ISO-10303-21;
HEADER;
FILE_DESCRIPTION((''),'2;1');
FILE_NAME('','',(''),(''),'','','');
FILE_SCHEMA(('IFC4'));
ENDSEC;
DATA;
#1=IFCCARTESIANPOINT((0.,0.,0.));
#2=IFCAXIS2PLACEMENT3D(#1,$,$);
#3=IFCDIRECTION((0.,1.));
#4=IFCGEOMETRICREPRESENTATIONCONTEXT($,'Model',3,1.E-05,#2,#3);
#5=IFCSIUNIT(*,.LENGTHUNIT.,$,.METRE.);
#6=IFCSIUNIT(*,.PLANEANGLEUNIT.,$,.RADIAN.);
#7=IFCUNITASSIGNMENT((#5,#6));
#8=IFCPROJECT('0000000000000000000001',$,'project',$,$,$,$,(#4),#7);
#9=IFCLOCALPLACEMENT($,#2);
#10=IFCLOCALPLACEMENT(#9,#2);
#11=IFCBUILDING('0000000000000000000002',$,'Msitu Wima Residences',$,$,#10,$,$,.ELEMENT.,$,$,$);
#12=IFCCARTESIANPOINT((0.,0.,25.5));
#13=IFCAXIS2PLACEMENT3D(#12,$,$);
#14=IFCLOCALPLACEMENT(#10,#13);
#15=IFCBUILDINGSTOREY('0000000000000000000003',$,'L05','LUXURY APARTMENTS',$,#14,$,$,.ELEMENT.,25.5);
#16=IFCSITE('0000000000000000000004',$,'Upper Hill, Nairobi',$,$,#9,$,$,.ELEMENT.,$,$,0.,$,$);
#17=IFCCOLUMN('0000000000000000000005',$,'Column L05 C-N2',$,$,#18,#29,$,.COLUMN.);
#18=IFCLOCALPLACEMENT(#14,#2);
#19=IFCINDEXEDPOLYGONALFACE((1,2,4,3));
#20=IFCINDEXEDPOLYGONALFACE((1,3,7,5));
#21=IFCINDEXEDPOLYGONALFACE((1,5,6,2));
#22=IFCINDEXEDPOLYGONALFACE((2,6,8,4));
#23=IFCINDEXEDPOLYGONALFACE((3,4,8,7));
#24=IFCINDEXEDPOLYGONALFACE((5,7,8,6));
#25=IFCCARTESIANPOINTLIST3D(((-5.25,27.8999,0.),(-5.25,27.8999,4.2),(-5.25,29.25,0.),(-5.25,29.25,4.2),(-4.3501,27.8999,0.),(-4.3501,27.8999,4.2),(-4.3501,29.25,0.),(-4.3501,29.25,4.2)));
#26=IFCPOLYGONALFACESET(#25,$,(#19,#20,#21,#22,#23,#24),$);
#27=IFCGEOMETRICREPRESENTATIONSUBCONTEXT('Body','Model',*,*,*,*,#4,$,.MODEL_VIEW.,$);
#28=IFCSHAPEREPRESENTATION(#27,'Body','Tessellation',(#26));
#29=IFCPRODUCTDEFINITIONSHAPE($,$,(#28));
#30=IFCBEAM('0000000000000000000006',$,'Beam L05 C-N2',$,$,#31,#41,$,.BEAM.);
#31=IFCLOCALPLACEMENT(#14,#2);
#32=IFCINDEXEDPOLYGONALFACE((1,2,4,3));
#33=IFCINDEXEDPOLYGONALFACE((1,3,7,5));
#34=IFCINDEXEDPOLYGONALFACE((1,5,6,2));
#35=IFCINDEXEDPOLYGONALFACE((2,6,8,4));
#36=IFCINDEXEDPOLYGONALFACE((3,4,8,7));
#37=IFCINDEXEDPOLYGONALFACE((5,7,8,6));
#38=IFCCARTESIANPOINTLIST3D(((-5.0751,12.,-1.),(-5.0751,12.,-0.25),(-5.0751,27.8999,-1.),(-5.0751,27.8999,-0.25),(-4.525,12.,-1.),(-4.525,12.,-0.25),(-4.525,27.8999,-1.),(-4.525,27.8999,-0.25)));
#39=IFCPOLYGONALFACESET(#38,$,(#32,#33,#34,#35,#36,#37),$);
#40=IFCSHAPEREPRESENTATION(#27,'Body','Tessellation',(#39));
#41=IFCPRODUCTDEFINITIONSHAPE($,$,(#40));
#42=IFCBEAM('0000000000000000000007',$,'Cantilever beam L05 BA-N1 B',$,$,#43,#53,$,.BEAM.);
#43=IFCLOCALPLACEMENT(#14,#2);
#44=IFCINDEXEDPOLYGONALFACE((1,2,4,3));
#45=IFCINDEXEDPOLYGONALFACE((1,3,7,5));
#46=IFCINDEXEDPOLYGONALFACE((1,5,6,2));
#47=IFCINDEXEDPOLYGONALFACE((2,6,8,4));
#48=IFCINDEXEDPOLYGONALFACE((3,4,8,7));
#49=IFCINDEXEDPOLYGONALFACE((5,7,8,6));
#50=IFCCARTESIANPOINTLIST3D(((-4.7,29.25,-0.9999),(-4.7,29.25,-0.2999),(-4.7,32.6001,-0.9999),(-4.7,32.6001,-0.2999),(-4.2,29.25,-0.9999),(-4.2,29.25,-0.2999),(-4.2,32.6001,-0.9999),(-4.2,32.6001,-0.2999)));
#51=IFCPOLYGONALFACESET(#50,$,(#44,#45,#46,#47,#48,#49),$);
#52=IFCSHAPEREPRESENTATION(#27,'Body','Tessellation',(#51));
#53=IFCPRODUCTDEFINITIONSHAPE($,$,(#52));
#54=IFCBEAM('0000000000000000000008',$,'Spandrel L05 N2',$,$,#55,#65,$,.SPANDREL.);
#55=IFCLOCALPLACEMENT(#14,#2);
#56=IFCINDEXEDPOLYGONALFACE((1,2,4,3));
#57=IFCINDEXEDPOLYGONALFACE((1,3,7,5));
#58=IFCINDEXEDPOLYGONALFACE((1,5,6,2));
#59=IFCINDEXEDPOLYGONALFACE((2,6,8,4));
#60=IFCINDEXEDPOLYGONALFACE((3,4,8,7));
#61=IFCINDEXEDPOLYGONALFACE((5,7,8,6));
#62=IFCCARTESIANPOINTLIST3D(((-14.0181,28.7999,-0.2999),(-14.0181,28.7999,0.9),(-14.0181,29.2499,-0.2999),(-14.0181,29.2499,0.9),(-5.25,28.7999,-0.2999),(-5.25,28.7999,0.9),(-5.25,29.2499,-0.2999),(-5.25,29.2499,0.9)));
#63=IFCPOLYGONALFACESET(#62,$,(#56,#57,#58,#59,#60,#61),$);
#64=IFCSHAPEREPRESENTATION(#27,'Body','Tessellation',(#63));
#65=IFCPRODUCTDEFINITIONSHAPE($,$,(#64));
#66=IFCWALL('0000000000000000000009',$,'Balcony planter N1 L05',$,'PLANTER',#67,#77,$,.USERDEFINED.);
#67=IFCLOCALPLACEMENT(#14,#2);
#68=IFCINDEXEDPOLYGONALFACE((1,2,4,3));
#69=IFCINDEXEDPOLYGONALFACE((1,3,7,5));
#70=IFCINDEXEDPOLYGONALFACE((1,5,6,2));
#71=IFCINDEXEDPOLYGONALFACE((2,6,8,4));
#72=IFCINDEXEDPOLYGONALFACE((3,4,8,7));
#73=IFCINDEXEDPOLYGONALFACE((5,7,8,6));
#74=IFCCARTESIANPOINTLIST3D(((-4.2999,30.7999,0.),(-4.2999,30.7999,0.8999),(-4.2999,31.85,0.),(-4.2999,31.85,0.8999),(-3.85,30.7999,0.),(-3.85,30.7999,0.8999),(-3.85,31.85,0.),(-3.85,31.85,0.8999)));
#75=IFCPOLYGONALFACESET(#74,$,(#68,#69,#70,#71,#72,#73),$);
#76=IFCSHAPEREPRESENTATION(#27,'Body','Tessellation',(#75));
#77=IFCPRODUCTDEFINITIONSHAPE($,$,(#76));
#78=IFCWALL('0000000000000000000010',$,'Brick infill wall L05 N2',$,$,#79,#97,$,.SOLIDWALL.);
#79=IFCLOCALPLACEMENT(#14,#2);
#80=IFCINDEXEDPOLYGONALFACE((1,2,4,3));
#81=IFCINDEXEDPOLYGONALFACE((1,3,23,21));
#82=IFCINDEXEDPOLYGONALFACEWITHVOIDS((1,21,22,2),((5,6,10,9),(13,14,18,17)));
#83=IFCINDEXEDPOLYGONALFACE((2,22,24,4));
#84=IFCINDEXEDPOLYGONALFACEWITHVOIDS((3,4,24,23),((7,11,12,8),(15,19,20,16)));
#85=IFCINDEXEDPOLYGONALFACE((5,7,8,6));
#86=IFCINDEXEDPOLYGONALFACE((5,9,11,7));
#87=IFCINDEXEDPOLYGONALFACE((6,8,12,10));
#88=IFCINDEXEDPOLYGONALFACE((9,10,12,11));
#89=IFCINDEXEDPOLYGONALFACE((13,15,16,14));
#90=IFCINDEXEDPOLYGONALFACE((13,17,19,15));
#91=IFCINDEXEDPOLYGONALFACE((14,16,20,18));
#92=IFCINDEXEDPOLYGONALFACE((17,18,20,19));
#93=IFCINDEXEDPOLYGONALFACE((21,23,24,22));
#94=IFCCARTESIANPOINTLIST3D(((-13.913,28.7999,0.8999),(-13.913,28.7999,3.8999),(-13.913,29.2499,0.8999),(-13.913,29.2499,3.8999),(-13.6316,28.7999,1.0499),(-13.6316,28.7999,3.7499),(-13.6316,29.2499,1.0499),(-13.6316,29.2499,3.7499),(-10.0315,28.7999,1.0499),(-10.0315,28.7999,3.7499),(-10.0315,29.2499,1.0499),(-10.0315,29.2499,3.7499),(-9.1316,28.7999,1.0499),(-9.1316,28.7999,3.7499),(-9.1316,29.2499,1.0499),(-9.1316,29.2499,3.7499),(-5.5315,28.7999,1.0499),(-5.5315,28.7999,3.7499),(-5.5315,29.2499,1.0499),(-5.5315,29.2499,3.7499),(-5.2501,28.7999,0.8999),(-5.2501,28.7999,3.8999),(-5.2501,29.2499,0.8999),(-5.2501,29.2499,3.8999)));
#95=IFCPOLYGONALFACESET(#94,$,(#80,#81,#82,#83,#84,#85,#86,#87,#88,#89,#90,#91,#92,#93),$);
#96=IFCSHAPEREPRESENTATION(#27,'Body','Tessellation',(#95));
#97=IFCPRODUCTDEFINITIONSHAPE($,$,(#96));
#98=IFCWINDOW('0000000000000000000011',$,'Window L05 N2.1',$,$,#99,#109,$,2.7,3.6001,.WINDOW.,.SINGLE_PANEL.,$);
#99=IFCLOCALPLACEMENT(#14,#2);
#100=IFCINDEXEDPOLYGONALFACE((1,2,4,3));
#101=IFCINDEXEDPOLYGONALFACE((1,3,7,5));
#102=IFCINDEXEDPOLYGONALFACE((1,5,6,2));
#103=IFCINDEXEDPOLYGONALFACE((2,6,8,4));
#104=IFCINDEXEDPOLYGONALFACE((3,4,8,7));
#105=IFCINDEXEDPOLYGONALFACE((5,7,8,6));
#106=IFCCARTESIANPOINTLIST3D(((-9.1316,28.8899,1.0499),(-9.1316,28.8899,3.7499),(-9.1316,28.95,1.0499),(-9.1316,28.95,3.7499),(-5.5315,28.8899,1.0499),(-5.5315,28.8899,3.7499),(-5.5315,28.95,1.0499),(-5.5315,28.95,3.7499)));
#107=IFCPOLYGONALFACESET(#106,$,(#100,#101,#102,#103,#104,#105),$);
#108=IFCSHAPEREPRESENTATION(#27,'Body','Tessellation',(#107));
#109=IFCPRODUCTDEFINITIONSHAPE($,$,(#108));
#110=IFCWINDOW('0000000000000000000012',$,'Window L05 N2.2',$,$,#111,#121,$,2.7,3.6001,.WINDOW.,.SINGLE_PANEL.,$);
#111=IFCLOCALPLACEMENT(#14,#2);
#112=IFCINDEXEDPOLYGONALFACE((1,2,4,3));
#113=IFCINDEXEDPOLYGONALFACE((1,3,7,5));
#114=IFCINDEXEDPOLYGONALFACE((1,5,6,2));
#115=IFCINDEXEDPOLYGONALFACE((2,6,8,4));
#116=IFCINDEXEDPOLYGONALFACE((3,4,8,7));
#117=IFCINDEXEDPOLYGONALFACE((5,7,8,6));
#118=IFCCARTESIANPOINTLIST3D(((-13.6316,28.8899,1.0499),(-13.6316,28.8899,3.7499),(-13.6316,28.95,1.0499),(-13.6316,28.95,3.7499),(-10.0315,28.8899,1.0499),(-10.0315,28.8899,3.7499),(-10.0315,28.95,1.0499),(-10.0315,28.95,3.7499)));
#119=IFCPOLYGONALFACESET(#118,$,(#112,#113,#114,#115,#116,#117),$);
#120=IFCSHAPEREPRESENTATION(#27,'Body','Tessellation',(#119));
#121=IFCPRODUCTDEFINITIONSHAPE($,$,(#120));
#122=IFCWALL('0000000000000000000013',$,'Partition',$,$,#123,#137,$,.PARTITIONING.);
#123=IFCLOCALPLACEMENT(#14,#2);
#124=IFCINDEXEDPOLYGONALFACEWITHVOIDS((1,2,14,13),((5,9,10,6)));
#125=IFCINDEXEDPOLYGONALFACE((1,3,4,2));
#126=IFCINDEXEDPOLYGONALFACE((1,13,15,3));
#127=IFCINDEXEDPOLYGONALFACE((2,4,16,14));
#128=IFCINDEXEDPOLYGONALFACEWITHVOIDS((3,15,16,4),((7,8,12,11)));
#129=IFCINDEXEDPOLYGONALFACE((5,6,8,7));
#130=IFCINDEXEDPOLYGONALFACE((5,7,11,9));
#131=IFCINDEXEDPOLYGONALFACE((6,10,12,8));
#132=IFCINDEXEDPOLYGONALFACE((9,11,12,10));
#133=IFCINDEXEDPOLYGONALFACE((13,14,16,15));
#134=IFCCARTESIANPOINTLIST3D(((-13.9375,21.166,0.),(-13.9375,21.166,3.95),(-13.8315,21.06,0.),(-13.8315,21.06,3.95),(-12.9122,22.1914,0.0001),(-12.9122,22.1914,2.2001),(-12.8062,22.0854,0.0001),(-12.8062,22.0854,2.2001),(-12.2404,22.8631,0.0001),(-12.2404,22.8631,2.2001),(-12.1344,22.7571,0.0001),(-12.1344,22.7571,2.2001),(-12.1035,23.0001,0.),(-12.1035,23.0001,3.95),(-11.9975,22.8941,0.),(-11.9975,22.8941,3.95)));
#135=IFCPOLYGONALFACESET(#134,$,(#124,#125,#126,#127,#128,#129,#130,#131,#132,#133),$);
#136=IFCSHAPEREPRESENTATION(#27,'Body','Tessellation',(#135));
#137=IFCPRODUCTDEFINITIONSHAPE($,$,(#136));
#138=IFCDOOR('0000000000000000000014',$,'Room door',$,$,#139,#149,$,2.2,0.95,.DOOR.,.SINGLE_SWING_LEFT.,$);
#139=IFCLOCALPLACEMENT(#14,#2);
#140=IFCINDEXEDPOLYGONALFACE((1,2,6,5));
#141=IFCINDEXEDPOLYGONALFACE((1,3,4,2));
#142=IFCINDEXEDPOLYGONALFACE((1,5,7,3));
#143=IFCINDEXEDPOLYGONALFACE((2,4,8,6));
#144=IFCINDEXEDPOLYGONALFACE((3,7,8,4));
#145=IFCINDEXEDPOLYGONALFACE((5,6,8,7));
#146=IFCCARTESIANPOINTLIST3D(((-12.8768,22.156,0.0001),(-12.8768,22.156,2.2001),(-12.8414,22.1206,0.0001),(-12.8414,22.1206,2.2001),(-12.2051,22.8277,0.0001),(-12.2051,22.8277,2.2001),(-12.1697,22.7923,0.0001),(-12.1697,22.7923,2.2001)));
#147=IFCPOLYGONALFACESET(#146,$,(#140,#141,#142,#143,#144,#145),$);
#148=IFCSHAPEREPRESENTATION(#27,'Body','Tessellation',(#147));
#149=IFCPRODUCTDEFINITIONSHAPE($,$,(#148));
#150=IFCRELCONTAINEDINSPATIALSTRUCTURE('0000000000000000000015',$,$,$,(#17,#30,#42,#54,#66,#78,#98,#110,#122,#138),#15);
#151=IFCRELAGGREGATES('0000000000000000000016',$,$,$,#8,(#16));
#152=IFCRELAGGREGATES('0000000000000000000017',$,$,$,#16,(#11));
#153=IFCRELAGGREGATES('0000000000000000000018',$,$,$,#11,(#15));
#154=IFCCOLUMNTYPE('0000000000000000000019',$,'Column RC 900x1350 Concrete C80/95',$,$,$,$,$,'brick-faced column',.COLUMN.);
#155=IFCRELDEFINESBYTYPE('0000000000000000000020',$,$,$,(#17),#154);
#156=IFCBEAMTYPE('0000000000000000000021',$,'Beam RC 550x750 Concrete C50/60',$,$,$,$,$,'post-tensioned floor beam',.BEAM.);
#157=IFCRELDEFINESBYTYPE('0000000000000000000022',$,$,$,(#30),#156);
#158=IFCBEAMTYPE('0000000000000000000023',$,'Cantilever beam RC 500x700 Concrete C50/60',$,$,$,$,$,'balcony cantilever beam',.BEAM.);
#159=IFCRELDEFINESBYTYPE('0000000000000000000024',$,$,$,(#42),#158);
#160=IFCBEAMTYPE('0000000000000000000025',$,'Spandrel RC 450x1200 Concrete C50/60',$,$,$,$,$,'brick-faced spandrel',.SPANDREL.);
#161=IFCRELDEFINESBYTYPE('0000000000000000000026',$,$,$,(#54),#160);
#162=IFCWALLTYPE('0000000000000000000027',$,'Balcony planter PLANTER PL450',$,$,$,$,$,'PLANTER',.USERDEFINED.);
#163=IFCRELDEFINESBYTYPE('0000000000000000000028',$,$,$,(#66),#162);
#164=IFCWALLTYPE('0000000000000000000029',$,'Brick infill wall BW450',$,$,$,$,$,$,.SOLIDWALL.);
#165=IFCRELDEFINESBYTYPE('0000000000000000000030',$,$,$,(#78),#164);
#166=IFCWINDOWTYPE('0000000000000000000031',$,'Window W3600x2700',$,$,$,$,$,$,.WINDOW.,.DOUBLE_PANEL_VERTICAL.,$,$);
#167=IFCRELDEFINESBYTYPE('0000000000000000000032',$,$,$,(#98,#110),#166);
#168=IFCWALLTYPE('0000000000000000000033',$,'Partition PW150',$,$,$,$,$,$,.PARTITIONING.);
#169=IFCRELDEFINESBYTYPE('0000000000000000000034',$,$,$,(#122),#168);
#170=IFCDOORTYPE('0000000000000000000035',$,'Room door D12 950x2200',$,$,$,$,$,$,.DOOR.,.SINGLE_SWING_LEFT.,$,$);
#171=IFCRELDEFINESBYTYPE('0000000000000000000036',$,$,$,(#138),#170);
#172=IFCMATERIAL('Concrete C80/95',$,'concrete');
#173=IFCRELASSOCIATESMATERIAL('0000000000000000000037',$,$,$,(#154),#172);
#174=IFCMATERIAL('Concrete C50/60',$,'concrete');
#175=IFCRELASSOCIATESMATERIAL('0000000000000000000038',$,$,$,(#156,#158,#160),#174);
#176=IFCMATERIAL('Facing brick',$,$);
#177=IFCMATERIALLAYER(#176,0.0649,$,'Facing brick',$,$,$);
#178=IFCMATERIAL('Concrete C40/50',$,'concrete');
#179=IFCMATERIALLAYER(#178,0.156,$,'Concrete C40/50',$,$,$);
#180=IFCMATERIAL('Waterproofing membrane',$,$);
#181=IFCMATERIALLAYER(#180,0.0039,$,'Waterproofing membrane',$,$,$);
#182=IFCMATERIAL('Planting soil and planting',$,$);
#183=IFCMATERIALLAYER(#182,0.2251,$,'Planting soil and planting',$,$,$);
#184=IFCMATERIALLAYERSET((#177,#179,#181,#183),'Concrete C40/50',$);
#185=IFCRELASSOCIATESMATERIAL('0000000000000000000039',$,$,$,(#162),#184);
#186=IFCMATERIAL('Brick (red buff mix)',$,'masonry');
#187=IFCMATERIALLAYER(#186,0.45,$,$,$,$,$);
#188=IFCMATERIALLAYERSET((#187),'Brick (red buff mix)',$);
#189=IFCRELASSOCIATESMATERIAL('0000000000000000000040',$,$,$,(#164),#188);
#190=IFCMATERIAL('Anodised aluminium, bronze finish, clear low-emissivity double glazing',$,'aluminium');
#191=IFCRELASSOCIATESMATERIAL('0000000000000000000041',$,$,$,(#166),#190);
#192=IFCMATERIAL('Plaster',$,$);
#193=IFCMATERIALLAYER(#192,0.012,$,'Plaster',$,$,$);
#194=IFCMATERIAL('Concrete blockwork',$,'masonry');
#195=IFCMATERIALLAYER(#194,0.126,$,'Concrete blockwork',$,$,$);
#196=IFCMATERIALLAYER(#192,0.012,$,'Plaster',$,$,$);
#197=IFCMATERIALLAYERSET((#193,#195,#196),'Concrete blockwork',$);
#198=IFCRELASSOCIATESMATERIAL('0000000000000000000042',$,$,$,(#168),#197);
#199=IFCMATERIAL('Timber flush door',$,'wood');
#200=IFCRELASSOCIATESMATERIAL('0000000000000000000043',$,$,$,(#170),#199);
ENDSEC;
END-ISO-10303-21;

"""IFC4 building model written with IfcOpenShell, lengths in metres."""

from ifc_helpers import new_model, si_unit, direction, frame, frame_2d, origin, origin_2d, place, context, subcontext, project, spatial, rectangle, extrude, material, layer, layer_set, material_profile, profile_set, type_object, element, fill, save


model = new_model("IFC4")

# Units and contexts
model_context = context("Model", 3, precision=1e-05, world=origin(), true_north=direction((0.0, 1.0)))
body_context = subcontext(model_context, "Body", "Model", "MODEL_VIEW")
ifc_project = project(units=[si_unit("LENGTHUNIT", "METRE"), si_unit("PLANEANGLEUNIT", "RADIAN")], contexts=[model_context])

# Site, building, storey
site_placement = place(None, origin())
site = spatial("IfcSite", under=ifc_project, at=site_placement, Name="Upper Hill, Nairobi", CompositionType="ELEMENT", RefElevation=0.0)
building_placement = place(site_placement, origin())
building = spatial("IfcBuilding", under=site, at=building_placement, Name="Msitu Wima Residences", CompositionType="ELEMENT")
storey_placement = place(building_placement, frame((0.0, 0.0, 25.5)))
storey = spatial("IfcBuildingStorey", under=building, at=storey_placement, Name="L05", Description="LUXURY APARTMENTS", CompositionType="ELEMENT", Elevation=25.5)

# Column
ifc_material_1 = material(Name="Concrete C80/95", Category="concrete")
ifc_material_profile_1 = material_profile(ifc_material_1, rectangle(XDim=0.8999, YDim=1.3501, at=origin_2d()), Name="RC 900x1350")
ifc_profile_set_1 = profile_set([ifc_material_profile_1], Name="Concrete C80/95")
column_type = type_object("IfcColumnType", Name="Column RC 900x1350 Concrete C80/95", ElementType="brick-faced column", PredefinedType="COLUMN", material=ifc_profile_set_1)
column_placement = place(storey_placement, frame((-4.8, 28.575, 0.0), z_axis=(0.0, 0.0, 1.0), x_axis=(-1.0, 0.0, 0.0)))
element("IfcColumn", 1, at=column_placement, inside=storey, type_object=column_type, Name="Column L05 C-N2", PredefinedType="COLUMN", context=body_context, shape_type="SweptSolid", body=[
    extrude(rectangle(XDim=0.8999, YDim=1.3501, at=origin_2d()), origin(), (0.0, 0.0, 1.0), 4.2),
])

# Beams
ifc_material_2 = material(Name="Concrete C50/60", Category="concrete")
ifc_material_profile_2 = material_profile(ifc_material_2, rectangle(XDim=0.55, YDim=0.75, at=origin_2d()), Name="RC 550x750")
ifc_profile_set_2 = profile_set([ifc_material_profile_2], Name="Concrete C50/60")
beam_type_1 = type_object("IfcBeamType", Name="Beam RC 550x750 Concrete C50/60", ElementType="post-tensioned floor beam", PredefinedType="BEAM", material=ifc_profile_set_2)
beam_1_placement = place(storey_placement, frame((-4.8, 27.8999, -0.625), z_axis=(0.0, -1.0, 0.0), x_axis=(1.0, 0.0, 0.0)))
element("IfcBeam", 2, at=beam_1_placement, inside=storey, type_object=beam_type_1, Name="Beam L05 C-N2", PredefinedType="BEAM", context=body_context, shape_type="SweptSolid", body=[
    extrude(rectangle(XDim=0.55, YDim=0.75, at=origin_2d()), origin(), (0.0, 0.0, 1.0), 15.8999),
])
ifc_material_profile_3 = material_profile(ifc_material_2, rectangle(XDim=0.5, YDim=0.7, at=origin_2d()), Name="RC 500x700")
ifc_profile_set_3 = profile_set([ifc_material_profile_3], Name="Concrete C50/60")
beam_type_2 = type_object("IfcBeamType", Name="Cantilever beam RC 500x700 Concrete C50/60", ElementType="balcony cantilever beam", PredefinedType="BEAM", material=ifc_profile_set_3)
beam_2_placement = place(storey_placement, frame((-4.45, 29.25, -0.6499), z_axis=(0.0, 1.0, 0.0), x_axis=(-1.0, 0.0, 0.0)))
element("IfcBeam", 3, at=beam_2_placement, inside=storey, type_object=beam_type_2, Name="Cantilever beam L05 BA-N1 B", PredefinedType="BEAM", context=body_context, shape_type="SweptSolid", body=[
    extrude(rectangle(XDim=0.5, YDim=0.7, at=origin_2d()), origin(), (0.0, 0.0, 1.0), 3.3501),
])
ifc_material_profile_4 = material_profile(ifc_material_2, rectangle(XDim=0.45, YDim=1.2, at=origin_2d()), Name="RC 450x1200")
ifc_profile_set_4 = profile_set([ifc_material_profile_4], Name="Concrete C50/60")
beam_type_3 = type_object("IfcBeamType", Name="Spandrel RC 450x1200 Concrete C50/60", ElementType="brick-faced spandrel", PredefinedType="SPANDREL", material=ifc_profile_set_4)
beam_3_placement = place(storey_placement, frame((-5.25, 29.0249, 0.3), z_axis=(-1.0, 0.0, 0.0), x_axis=(0.0, -1.0, 0.0)))
element("IfcBeam", 4, at=beam_3_placement, inside=storey, type_object=beam_type_3, Name="Spandrel L05 N2", PredefinedType="SPANDREL", context=body_context, shape_type="SweptSolid", body=[
    extrude(rectangle(XDim=0.45, YDim=1.2, at=origin_2d()), origin(), (0.0, 0.0, 1.0), 8.7681),
])

# Wall
ifc_material_3 = material(Name="Facing brick")
ifc_layer_1 = layer(ifc_material_3, 0.0649, Name="Facing brick")
ifc_material_4 = material(Name="Concrete C40/50", Category="concrete")
ifc_layer_2 = layer(ifc_material_4, 0.156, Name="Concrete C40/50")
ifc_material_5 = material(Name="Waterproofing membrane")
ifc_layer_3 = layer(ifc_material_5, 0.0039, Name="Waterproofing membrane")
ifc_material_6 = material(Name="Planting soil and planting")
ifc_layer_4 = layer(ifc_material_6, 0.2251, Name="Planting soil and planting")
ifc_layer_set_1 = layer_set([ifc_layer_1, ifc_layer_2, ifc_layer_3, ifc_layer_4], Name="Concrete C40/50")
wall_type_1 = type_object("IfcWallType", Name="Balcony planter PLANTER PL450", ElementType="PLANTER", PredefinedType="USERDEFINED", material=ifc_layer_set_1)
wall_1_placement = place(storey_placement, frame((-4.075, 30.8, 0.0), z_axis=(0.0, 0.0, 1.0), x_axis=(0.0, 1.0, 0.0)))
element("IfcWall", 5, at=wall_1_placement, inside=storey, type_object=wall_type_1, Name="Balcony planter N1 L05", ObjectType="PLANTER", PredefinedType="USERDEFINED", context=body_context, shape_type="SweptSolid", body=[
    extrude(rectangle(XDim=1.05, YDim=0.45, at=frame_2d((0.5249, 0.0))), origin(), (0.0, 0.0, 1.0), 0.8999),
])

# Wall, openings, windows
ifc_material_7 = material(Name="Brick (red buff mix)", Category="masonry")
ifc_layer_5 = layer(ifc_material_7, 0.45)
ifc_layer_set_2 = layer_set([ifc_layer_5], Name="Brick (red buff mix)")
wall_type_2 = type_object("IfcWallType", Name="Brick infill wall BW450", PredefinedType="SOLIDWALL", material=ifc_layer_set_2)
wall_2_placement = place(storey_placement, frame((-5.25, 29.0249, 0.8999), z_axis=(0.0, 0.0, 1.0), x_axis=(-1.0, 0.0, 0.0)))
wall_2 = element("IfcWall", 6, at=wall_2_placement, inside=storey, type_object=wall_type_2, Name="Brick infill wall L05 N2", PredefinedType="SOLIDWALL", context=body_context, shape_type="SweptSolid", body=[
    extrude(rectangle(XDim=8.6628, YDim=0.45, at=frame_2d((4.3315, 0.0))), origin(), (0.0, 0.0, 1.0), 3.0),
])
opening_1_placement = place(wall_2_placement, frame((0.2815, 0.0, 0.1499)))
opening_1 = element("IfcOpeningElement", 7, at=opening_1_placement, cuts=wall_2, PredefinedType="OPENING", context=body_context, shape_type="SweptSolid", body=[
    extrude(rectangle(XDim=3.6001, YDim=2.7, at=frame_2d((1.8, 1.3501))), frame((0.0, 0.2349, 0.0), z_axis=(0.0, -1.0, 0.0), x_axis=(1.0, 0.0, 0.0)), (0.0, 0.0, 1.0), 0.47),
])
opening_2_placement = place(wall_2_placement, frame((4.7815, 0.0, 0.1499)))
opening_2 = element("IfcOpeningElement", 8, at=opening_2_placement, cuts=wall_2, PredefinedType="OPENING", context=body_context, shape_type="SweptSolid", body=[
    extrude(rectangle(XDim=3.6001, YDim=2.7, at=frame_2d((1.8, 1.3501))), frame((0.0, 0.2349, 0.0), z_axis=(0.0, -1.0, 0.0), x_axis=(1.0, 0.0, 0.0)), (0.0, 0.0, 1.0), 0.47),
])
ifc_material_8 = material(Name="Anodised aluminium, bronze finish, clear low-emissivity double glazing", Category="aluminium")
window_type = type_object("IfcWindowType", Name="Window W3600x2700", PartitioningType="DOUBLE_PANEL_VERTICAL", PredefinedType="WINDOW", material=ifc_material_8)
window_1_placement = place(opening_1_placement, origin())
window_1 = element("IfcWindow", 9, at=window_1_placement, inside=storey, type_object=window_type, Name="Window L05 N2.1", OverallHeight=2.7, OverallWidth=3.6001, PartitioningType="SINGLE_PANEL", PredefinedType="WINDOW", context=body_context, shape_type="SweptSolid", body=[
    extrude(rectangle(XDim=3.6001, YDim=2.7, at=frame_2d((1.8, 1.3501))), frame((0.0, 0.135, 0.0), z_axis=(0.0, -1.0, 0.0), x_axis=(1.0, 0.0, 0.0)), (0.0, 0.0, 1.0), 0.0601),
])
fill(opening_1, window_1)
window_2_placement = place(opening_2_placement, origin())
window_2 = element("IfcWindow", 10, at=window_2_placement, inside=storey, type_object=window_type, Name="Window L05 N2.2", OverallHeight=2.7, OverallWidth=3.6001, PartitioningType="SINGLE_PANEL", PredefinedType="WINDOW", context=body_context, shape_type="SweptSolid", body=[
    extrude(rectangle(XDim=3.6001, YDim=2.7, at=frame_2d((1.8, 1.3501))), frame((0.0, 0.135, 0.0), z_axis=(0.0, -1.0, 0.0), x_axis=(1.0, 0.0, 0.0)), (0.0, 0.0, 1.0), 0.0601),
])
fill(opening_2, window_2)

# Wall, opening, door
ifc_material_9 = material(Name="Plaster")
ifc_layer_6 = layer(ifc_material_9, 0.012, Name="Plaster")
ifc_material_10 = material(Name="Concrete blockwork", Category="masonry")
ifc_layer_7 = layer(ifc_material_10, 0.126, Name="Concrete blockwork")
ifc_layer_8 = layer(ifc_material_9, 0.012, Name="Plaster")
ifc_layer_set_3 = layer_set([ifc_layer_6, ifc_layer_7, ifc_layer_8], Name="Concrete blockwork")
wall_type_3 = type_object("IfcWallType", Name="Partition PW150", PredefinedType="PARTITIONING", material=ifc_layer_set_3)
wall_3_placement = place(storey_placement, frame((-13.8845, 21.113, 0.0), z_axis=(0.0, 0.0, 1.0), x_axis=(0.707107, 0.707107, 0.0)))
wall_3 = element("IfcWall", 11, at=wall_3_placement, inside=storey, type_object=wall_type_3, Name="Partition", PredefinedType="PARTITIONING", context=body_context, shape_type="SweptSolid", body=[
    extrude(rectangle(XDim=2.5938, YDim=0.1499, at=frame_2d((1.2969, 0.0))), origin(), (0.0, 0.0, 1.0), 3.95),
])
opening_3_placement = place(wall_3_placement, frame((1.45, 0.0, 0.0)))
opening_3 = element("IfcOpeningElement", 12, at=opening_3_placement, cuts=wall_3, PredefinedType="OPENING", context=body_context, shape_type="SweptSolid", body=[
    extrude(rectangle(XDim=0.95, YDim=2.2, at=frame_2d((0.4751, 1.1001))), frame((0.0, 0.085, 0.0), z_axis=(0.0, -1.0, 0.0), x_axis=(1.0, 0.0, 0.0)), (0.0, 0.0, 1.0), 0.1699),
])
ifc_material_11 = material(Name="Timber flush door", Category="wood")
door_type_1 = type_object("IfcDoorType", Name="Room door D12 950x2200", OperationType="SINGLE_SWING_LEFT", PredefinedType="DOOR", material=ifc_material_11)
door_1_placement = place(opening_3_placement, origin())
door_1 = element("IfcDoor", 13, at=door_1_placement, inside=storey, type_object=door_type_1, Name="Room door", OperationType="SINGLE_SWING_LEFT", OverallHeight=2.2, OverallWidth=0.95, PredefinedType="DOOR", context=body_context, shape_type="SweptSolid", body=[
    extrude(rectangle(XDim=0.95, YDim=2.2, at=frame_2d((0.4751, 1.1001))), frame((0.0, 0.0249, 0.0), z_axis=(0.0, -1.0, 0.0), x_axis=(1.0, 0.0, 0.0)), (0.0, 0.0, 1.0), 0.05),
])
fill(opening_3, door_1)

save(model, "model.ifc")
